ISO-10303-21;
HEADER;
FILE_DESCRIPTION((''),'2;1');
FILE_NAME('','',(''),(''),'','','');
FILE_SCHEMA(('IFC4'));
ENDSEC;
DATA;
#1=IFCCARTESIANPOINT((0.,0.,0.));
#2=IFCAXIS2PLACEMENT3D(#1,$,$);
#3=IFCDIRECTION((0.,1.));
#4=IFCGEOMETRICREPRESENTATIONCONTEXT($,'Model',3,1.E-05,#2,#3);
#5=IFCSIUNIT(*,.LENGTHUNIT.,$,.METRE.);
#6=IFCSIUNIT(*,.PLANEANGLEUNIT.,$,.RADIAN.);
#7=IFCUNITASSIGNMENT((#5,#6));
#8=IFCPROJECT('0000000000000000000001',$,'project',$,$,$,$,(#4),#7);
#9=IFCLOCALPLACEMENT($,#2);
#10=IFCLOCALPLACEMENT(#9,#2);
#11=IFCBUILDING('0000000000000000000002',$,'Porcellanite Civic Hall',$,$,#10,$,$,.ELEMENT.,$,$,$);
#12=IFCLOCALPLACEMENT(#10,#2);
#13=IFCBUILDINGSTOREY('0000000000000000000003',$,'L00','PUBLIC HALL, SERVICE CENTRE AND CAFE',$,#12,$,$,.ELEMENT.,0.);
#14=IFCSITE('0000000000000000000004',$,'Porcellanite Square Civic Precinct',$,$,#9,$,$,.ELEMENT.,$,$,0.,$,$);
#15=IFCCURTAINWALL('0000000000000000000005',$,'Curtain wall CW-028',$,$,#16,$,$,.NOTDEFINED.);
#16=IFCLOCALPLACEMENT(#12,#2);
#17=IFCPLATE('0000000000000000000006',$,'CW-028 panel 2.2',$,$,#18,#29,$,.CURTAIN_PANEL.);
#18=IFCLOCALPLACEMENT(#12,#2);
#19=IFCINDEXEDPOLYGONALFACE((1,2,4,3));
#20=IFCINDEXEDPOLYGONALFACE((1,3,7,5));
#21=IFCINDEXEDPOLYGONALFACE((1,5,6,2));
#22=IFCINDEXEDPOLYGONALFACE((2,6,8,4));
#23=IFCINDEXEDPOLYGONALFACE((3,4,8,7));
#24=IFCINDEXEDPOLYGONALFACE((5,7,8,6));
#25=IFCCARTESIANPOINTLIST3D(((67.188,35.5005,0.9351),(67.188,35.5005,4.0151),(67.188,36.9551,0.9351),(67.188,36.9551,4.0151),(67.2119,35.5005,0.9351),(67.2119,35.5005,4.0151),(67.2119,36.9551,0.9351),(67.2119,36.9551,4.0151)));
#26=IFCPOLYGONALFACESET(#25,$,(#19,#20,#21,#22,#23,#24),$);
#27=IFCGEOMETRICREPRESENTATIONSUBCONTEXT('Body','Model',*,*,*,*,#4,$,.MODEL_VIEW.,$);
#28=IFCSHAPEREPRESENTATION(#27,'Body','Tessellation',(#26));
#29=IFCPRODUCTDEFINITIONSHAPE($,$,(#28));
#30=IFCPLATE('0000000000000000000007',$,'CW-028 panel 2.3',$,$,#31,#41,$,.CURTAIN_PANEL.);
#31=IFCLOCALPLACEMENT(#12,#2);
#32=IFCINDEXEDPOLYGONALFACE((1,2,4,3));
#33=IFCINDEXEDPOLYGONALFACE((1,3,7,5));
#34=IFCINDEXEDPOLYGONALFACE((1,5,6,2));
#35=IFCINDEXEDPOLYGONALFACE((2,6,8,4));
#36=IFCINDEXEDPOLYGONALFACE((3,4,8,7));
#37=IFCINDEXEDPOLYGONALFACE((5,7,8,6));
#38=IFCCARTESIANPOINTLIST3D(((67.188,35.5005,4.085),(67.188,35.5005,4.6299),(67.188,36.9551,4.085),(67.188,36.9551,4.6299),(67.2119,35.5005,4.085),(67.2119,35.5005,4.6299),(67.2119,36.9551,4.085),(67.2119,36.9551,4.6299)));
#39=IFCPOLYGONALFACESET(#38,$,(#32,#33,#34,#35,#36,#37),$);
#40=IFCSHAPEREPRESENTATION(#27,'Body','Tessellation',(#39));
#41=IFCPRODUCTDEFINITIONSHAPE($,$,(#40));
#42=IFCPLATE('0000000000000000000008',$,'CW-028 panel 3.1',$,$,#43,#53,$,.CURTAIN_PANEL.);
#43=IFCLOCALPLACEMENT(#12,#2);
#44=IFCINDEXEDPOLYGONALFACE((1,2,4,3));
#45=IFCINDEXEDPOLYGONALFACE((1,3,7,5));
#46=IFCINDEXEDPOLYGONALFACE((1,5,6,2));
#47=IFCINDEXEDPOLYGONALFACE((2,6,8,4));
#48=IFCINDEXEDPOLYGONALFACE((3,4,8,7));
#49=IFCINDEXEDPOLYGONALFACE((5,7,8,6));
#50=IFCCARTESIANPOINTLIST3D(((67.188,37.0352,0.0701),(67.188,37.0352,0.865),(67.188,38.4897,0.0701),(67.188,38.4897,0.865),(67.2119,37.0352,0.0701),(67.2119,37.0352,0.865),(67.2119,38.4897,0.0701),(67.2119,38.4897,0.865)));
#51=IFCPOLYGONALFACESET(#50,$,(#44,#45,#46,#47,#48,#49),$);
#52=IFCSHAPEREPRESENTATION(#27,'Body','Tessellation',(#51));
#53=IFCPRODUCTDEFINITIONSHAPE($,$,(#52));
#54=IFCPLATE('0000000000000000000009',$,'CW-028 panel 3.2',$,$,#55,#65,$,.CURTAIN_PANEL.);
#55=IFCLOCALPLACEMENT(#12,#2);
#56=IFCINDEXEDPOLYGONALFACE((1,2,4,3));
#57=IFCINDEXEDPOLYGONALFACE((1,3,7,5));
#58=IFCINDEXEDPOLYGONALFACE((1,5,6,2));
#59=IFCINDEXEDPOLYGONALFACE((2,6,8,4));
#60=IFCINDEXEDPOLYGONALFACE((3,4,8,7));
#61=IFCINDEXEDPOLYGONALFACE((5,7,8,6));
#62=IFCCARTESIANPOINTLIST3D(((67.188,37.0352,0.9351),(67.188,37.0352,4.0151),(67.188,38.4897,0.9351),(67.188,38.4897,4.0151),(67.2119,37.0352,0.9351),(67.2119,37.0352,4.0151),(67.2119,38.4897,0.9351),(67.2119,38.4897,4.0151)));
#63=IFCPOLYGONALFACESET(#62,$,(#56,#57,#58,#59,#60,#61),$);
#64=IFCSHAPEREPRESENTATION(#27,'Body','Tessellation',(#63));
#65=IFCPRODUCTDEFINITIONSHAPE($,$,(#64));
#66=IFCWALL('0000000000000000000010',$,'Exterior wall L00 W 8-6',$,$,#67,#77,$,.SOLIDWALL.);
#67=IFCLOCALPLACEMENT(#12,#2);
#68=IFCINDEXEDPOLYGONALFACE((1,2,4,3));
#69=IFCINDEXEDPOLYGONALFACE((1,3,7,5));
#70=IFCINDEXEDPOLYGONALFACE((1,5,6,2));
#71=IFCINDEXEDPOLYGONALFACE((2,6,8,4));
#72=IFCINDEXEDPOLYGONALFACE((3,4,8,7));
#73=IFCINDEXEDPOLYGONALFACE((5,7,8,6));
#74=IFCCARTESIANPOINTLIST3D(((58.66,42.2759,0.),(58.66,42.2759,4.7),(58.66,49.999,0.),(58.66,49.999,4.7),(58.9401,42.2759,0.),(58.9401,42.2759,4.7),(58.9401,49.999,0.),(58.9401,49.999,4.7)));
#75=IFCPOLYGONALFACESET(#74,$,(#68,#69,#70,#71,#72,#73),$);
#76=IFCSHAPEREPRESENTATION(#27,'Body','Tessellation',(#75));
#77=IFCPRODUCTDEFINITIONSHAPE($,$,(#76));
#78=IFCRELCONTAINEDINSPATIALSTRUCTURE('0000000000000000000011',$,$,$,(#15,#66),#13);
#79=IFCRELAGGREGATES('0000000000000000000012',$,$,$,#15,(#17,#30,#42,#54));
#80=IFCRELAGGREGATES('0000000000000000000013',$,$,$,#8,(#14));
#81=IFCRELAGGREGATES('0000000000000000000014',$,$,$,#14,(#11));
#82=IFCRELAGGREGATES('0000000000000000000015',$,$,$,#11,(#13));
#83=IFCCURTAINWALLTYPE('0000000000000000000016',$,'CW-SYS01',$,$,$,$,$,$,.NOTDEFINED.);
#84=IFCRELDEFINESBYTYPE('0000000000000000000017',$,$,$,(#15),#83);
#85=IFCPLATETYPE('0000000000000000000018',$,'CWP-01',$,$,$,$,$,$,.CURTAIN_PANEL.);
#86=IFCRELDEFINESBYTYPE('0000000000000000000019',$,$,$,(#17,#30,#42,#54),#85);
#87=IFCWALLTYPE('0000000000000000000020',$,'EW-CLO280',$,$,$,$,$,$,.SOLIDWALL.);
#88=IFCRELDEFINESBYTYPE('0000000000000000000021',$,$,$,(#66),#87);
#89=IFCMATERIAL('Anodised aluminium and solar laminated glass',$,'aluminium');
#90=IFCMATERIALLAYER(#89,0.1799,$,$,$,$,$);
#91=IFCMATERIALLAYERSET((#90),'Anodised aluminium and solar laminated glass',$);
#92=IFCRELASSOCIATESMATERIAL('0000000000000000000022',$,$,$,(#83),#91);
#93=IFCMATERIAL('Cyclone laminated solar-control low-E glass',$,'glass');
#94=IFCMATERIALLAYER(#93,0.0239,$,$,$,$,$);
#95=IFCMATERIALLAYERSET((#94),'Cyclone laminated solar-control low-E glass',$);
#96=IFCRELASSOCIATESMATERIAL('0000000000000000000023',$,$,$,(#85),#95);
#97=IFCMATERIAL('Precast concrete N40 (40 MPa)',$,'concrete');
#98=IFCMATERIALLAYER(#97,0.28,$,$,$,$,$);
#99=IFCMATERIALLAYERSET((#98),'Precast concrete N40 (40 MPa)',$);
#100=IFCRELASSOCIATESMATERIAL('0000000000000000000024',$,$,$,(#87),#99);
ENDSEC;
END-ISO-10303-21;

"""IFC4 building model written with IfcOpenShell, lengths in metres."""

from ifc_helpers import new_model, si_unit, direction, frame, frame_2d, origin, origin_2d, place, context, subcontext, project, spatial, rectangle, extrude, material, layer, layer_set, type_object, element, aggregate, save


model = new_model("IFC4")

# Units and contexts
model_context = context("Model", 3, precision=1e-05, world=origin(), true_north=direction((0.0, 1.0)))
body_context = subcontext(model_context, "Body", "Model", "MODEL_VIEW")
ifc_project = project(units=[si_unit("LENGTHUNIT", "METRE"), si_unit("PLANEANGLEUNIT", "RADIAN")], contexts=[model_context])

# Site, building, storey
site_placement = place(None, origin())
site = spatial("IfcSite", under=ifc_project, at=site_placement, Name="Porcellanite Square Civic Precinct", CompositionType="ELEMENT", RefElevation=0.0)
building_placement = place(site_placement, origin())
building = spatial("IfcBuilding", under=site, at=building_placement, Name="Porcellanite Civic Hall", CompositionType="ELEMENT")
storey_placement = place(building_placement, origin())
storey = spatial("IfcBuildingStorey", under=building, at=storey_placement, Name="L00", Description="PUBLIC HALL, SERVICE CENTRE AND CAFE", CompositionType="ELEMENT", Elevation=0.0)

# Curtain wall
ifc_material_1 = material(Name="Anodised aluminium and solar laminated glass", Category="aluminium")
ifc_layer_1 = layer(ifc_material_1, 0.1799)
ifc_layer_set_1 = layer_set([ifc_layer_1], Name="Anodised aluminium and solar laminated glass")
curtain_wall_type_1 = type_object("IfcCurtainWallType", Name="CW-SYS01", PredefinedType="NOTDEFINED", material=ifc_layer_set_1)
curtain_wall_1_placement = place(storey_placement, origin())
curtain_wall_1 = element("IfcCurtainWall", 1, at=curtain_wall_1_placement, inside=storey, type_object=curtain_wall_type_1, Name="Curtain wall CW-028", PredefinedType="NOTDEFINED")

# Plates
ifc_material_2 = material(Name="Cyclone laminated solar-control low-E glass", Category="glass")
ifc_layer_2 = layer(ifc_material_2, 0.0239)
ifc_layer_set_2 = layer_set([ifc_layer_2], Name="Cyclone laminated solar-control low-E glass")
plate_type = type_object("IfcPlateType", Name="CWP-01", PredefinedType="CURTAIN_PANEL", material=ifc_layer_set_2)
plate_1_placement = place(storey_placement, frame((67.2, 36.2278, 0.9351), z_axis=(0.0, 0.0, 1.0), x_axis=(0.0, 1.0, 0.0)))
plate_1 = element("IfcPlate", 2, at=plate_1_placement, type_object=plate_type, Name="CW-028 panel 2.2", PredefinedType="CURTAIN_PANEL", context=body_context, shape_type="SweptSolid", body=[
    extrude(rectangle(XDim=1.4546, YDim=0.0239, at=origin_2d()), origin(), (0.0, 0.0, 1.0), 3.0801),
])
plate_2_placement = place(storey_placement, frame((67.2, 36.2278, 4.085), z_axis=(0.0, 0.0, 1.0), x_axis=(0.0, 1.0, 0.0)))
plate_2 = element("IfcPlate", 3, at=plate_2_placement, type_object=plate_type, Name="CW-028 panel 2.3", PredefinedType="CURTAIN_PANEL", context=body_context, shape_type="SweptSolid", body=[
    extrude(rectangle(XDim=1.4546, YDim=0.0239, at=origin_2d()), origin(), (0.0, 0.0, 1.0), 0.5449),
])
plate_3_placement = place(storey_placement, frame((67.2, 37.7625, 0.0701), z_axis=(0.0, 0.0, 1.0), x_axis=(0.0, 1.0, 0.0)))
plate_3 = element("IfcPlate", 4, at=plate_3_placement, type_object=plate_type, Name="CW-028 panel 3.1", PredefinedType="CURTAIN_PANEL", context=body_context, shape_type="SweptSolid", body=[
    extrude(rectangle(XDim=1.4546, YDim=0.0239, at=origin_2d()), origin(), (0.0, 0.0, 1.0), 0.7949),
])
plate_4_placement = place(storey_placement, frame((67.2, 37.7625, 0.9351), z_axis=(0.0, 0.0, 1.0), x_axis=(0.0, 1.0, 0.0)))
plate_4 = element("IfcPlate", 5, at=plate_4_placement, type_object=plate_type, Name="CW-028 panel 3.2", PredefinedType="CURTAIN_PANEL", context=body_context, shape_type="SweptSolid", body=[
    extrude(rectangle(XDim=1.4546, YDim=0.0239, at=origin_2d()), origin(), (0.0, 0.0, 1.0), 3.0801),
])
aggregate(curtain_wall_1, [plate_1, plate_2, plate_3, plate_4])

# Shared definitions
ifc_material_3 = material(Name="Precast concrete N40 (40 MPa)", Category="concrete")
ifc_layer_3 = layer(ifc_material_3, 0.28)
ifc_layer_set_3 = layer_set([ifc_layer_3], Name="Precast concrete N40 (40 MPa)")
wall_type = type_object("IfcWallType", Name="EW-CLO280", PredefinedType="SOLIDWALL", material=ifc_layer_set_3)

# Wall
wall_1_placement = place(storey_placement, frame((58.8, 42.2759, 0.0), z_axis=(0.0, 0.0, 1.0), x_axis=(0.0, 1.0, 0.0)))
element("IfcWall", 6, at=wall_1_placement, inside=storey, type_object=wall_type, Name="Exterior wall L00 W 8-6", PredefinedType="SOLIDWALL", context=body_context, shape_type="SweptSolid", body=[
    extrude(rectangle(XDim=7.7231, YDim=0.28, at=frame_2d((3.8616, 0.0))), origin(), (0.0, 0.0, 1.0), 4.7),
])

save(model, "model.ifc")
